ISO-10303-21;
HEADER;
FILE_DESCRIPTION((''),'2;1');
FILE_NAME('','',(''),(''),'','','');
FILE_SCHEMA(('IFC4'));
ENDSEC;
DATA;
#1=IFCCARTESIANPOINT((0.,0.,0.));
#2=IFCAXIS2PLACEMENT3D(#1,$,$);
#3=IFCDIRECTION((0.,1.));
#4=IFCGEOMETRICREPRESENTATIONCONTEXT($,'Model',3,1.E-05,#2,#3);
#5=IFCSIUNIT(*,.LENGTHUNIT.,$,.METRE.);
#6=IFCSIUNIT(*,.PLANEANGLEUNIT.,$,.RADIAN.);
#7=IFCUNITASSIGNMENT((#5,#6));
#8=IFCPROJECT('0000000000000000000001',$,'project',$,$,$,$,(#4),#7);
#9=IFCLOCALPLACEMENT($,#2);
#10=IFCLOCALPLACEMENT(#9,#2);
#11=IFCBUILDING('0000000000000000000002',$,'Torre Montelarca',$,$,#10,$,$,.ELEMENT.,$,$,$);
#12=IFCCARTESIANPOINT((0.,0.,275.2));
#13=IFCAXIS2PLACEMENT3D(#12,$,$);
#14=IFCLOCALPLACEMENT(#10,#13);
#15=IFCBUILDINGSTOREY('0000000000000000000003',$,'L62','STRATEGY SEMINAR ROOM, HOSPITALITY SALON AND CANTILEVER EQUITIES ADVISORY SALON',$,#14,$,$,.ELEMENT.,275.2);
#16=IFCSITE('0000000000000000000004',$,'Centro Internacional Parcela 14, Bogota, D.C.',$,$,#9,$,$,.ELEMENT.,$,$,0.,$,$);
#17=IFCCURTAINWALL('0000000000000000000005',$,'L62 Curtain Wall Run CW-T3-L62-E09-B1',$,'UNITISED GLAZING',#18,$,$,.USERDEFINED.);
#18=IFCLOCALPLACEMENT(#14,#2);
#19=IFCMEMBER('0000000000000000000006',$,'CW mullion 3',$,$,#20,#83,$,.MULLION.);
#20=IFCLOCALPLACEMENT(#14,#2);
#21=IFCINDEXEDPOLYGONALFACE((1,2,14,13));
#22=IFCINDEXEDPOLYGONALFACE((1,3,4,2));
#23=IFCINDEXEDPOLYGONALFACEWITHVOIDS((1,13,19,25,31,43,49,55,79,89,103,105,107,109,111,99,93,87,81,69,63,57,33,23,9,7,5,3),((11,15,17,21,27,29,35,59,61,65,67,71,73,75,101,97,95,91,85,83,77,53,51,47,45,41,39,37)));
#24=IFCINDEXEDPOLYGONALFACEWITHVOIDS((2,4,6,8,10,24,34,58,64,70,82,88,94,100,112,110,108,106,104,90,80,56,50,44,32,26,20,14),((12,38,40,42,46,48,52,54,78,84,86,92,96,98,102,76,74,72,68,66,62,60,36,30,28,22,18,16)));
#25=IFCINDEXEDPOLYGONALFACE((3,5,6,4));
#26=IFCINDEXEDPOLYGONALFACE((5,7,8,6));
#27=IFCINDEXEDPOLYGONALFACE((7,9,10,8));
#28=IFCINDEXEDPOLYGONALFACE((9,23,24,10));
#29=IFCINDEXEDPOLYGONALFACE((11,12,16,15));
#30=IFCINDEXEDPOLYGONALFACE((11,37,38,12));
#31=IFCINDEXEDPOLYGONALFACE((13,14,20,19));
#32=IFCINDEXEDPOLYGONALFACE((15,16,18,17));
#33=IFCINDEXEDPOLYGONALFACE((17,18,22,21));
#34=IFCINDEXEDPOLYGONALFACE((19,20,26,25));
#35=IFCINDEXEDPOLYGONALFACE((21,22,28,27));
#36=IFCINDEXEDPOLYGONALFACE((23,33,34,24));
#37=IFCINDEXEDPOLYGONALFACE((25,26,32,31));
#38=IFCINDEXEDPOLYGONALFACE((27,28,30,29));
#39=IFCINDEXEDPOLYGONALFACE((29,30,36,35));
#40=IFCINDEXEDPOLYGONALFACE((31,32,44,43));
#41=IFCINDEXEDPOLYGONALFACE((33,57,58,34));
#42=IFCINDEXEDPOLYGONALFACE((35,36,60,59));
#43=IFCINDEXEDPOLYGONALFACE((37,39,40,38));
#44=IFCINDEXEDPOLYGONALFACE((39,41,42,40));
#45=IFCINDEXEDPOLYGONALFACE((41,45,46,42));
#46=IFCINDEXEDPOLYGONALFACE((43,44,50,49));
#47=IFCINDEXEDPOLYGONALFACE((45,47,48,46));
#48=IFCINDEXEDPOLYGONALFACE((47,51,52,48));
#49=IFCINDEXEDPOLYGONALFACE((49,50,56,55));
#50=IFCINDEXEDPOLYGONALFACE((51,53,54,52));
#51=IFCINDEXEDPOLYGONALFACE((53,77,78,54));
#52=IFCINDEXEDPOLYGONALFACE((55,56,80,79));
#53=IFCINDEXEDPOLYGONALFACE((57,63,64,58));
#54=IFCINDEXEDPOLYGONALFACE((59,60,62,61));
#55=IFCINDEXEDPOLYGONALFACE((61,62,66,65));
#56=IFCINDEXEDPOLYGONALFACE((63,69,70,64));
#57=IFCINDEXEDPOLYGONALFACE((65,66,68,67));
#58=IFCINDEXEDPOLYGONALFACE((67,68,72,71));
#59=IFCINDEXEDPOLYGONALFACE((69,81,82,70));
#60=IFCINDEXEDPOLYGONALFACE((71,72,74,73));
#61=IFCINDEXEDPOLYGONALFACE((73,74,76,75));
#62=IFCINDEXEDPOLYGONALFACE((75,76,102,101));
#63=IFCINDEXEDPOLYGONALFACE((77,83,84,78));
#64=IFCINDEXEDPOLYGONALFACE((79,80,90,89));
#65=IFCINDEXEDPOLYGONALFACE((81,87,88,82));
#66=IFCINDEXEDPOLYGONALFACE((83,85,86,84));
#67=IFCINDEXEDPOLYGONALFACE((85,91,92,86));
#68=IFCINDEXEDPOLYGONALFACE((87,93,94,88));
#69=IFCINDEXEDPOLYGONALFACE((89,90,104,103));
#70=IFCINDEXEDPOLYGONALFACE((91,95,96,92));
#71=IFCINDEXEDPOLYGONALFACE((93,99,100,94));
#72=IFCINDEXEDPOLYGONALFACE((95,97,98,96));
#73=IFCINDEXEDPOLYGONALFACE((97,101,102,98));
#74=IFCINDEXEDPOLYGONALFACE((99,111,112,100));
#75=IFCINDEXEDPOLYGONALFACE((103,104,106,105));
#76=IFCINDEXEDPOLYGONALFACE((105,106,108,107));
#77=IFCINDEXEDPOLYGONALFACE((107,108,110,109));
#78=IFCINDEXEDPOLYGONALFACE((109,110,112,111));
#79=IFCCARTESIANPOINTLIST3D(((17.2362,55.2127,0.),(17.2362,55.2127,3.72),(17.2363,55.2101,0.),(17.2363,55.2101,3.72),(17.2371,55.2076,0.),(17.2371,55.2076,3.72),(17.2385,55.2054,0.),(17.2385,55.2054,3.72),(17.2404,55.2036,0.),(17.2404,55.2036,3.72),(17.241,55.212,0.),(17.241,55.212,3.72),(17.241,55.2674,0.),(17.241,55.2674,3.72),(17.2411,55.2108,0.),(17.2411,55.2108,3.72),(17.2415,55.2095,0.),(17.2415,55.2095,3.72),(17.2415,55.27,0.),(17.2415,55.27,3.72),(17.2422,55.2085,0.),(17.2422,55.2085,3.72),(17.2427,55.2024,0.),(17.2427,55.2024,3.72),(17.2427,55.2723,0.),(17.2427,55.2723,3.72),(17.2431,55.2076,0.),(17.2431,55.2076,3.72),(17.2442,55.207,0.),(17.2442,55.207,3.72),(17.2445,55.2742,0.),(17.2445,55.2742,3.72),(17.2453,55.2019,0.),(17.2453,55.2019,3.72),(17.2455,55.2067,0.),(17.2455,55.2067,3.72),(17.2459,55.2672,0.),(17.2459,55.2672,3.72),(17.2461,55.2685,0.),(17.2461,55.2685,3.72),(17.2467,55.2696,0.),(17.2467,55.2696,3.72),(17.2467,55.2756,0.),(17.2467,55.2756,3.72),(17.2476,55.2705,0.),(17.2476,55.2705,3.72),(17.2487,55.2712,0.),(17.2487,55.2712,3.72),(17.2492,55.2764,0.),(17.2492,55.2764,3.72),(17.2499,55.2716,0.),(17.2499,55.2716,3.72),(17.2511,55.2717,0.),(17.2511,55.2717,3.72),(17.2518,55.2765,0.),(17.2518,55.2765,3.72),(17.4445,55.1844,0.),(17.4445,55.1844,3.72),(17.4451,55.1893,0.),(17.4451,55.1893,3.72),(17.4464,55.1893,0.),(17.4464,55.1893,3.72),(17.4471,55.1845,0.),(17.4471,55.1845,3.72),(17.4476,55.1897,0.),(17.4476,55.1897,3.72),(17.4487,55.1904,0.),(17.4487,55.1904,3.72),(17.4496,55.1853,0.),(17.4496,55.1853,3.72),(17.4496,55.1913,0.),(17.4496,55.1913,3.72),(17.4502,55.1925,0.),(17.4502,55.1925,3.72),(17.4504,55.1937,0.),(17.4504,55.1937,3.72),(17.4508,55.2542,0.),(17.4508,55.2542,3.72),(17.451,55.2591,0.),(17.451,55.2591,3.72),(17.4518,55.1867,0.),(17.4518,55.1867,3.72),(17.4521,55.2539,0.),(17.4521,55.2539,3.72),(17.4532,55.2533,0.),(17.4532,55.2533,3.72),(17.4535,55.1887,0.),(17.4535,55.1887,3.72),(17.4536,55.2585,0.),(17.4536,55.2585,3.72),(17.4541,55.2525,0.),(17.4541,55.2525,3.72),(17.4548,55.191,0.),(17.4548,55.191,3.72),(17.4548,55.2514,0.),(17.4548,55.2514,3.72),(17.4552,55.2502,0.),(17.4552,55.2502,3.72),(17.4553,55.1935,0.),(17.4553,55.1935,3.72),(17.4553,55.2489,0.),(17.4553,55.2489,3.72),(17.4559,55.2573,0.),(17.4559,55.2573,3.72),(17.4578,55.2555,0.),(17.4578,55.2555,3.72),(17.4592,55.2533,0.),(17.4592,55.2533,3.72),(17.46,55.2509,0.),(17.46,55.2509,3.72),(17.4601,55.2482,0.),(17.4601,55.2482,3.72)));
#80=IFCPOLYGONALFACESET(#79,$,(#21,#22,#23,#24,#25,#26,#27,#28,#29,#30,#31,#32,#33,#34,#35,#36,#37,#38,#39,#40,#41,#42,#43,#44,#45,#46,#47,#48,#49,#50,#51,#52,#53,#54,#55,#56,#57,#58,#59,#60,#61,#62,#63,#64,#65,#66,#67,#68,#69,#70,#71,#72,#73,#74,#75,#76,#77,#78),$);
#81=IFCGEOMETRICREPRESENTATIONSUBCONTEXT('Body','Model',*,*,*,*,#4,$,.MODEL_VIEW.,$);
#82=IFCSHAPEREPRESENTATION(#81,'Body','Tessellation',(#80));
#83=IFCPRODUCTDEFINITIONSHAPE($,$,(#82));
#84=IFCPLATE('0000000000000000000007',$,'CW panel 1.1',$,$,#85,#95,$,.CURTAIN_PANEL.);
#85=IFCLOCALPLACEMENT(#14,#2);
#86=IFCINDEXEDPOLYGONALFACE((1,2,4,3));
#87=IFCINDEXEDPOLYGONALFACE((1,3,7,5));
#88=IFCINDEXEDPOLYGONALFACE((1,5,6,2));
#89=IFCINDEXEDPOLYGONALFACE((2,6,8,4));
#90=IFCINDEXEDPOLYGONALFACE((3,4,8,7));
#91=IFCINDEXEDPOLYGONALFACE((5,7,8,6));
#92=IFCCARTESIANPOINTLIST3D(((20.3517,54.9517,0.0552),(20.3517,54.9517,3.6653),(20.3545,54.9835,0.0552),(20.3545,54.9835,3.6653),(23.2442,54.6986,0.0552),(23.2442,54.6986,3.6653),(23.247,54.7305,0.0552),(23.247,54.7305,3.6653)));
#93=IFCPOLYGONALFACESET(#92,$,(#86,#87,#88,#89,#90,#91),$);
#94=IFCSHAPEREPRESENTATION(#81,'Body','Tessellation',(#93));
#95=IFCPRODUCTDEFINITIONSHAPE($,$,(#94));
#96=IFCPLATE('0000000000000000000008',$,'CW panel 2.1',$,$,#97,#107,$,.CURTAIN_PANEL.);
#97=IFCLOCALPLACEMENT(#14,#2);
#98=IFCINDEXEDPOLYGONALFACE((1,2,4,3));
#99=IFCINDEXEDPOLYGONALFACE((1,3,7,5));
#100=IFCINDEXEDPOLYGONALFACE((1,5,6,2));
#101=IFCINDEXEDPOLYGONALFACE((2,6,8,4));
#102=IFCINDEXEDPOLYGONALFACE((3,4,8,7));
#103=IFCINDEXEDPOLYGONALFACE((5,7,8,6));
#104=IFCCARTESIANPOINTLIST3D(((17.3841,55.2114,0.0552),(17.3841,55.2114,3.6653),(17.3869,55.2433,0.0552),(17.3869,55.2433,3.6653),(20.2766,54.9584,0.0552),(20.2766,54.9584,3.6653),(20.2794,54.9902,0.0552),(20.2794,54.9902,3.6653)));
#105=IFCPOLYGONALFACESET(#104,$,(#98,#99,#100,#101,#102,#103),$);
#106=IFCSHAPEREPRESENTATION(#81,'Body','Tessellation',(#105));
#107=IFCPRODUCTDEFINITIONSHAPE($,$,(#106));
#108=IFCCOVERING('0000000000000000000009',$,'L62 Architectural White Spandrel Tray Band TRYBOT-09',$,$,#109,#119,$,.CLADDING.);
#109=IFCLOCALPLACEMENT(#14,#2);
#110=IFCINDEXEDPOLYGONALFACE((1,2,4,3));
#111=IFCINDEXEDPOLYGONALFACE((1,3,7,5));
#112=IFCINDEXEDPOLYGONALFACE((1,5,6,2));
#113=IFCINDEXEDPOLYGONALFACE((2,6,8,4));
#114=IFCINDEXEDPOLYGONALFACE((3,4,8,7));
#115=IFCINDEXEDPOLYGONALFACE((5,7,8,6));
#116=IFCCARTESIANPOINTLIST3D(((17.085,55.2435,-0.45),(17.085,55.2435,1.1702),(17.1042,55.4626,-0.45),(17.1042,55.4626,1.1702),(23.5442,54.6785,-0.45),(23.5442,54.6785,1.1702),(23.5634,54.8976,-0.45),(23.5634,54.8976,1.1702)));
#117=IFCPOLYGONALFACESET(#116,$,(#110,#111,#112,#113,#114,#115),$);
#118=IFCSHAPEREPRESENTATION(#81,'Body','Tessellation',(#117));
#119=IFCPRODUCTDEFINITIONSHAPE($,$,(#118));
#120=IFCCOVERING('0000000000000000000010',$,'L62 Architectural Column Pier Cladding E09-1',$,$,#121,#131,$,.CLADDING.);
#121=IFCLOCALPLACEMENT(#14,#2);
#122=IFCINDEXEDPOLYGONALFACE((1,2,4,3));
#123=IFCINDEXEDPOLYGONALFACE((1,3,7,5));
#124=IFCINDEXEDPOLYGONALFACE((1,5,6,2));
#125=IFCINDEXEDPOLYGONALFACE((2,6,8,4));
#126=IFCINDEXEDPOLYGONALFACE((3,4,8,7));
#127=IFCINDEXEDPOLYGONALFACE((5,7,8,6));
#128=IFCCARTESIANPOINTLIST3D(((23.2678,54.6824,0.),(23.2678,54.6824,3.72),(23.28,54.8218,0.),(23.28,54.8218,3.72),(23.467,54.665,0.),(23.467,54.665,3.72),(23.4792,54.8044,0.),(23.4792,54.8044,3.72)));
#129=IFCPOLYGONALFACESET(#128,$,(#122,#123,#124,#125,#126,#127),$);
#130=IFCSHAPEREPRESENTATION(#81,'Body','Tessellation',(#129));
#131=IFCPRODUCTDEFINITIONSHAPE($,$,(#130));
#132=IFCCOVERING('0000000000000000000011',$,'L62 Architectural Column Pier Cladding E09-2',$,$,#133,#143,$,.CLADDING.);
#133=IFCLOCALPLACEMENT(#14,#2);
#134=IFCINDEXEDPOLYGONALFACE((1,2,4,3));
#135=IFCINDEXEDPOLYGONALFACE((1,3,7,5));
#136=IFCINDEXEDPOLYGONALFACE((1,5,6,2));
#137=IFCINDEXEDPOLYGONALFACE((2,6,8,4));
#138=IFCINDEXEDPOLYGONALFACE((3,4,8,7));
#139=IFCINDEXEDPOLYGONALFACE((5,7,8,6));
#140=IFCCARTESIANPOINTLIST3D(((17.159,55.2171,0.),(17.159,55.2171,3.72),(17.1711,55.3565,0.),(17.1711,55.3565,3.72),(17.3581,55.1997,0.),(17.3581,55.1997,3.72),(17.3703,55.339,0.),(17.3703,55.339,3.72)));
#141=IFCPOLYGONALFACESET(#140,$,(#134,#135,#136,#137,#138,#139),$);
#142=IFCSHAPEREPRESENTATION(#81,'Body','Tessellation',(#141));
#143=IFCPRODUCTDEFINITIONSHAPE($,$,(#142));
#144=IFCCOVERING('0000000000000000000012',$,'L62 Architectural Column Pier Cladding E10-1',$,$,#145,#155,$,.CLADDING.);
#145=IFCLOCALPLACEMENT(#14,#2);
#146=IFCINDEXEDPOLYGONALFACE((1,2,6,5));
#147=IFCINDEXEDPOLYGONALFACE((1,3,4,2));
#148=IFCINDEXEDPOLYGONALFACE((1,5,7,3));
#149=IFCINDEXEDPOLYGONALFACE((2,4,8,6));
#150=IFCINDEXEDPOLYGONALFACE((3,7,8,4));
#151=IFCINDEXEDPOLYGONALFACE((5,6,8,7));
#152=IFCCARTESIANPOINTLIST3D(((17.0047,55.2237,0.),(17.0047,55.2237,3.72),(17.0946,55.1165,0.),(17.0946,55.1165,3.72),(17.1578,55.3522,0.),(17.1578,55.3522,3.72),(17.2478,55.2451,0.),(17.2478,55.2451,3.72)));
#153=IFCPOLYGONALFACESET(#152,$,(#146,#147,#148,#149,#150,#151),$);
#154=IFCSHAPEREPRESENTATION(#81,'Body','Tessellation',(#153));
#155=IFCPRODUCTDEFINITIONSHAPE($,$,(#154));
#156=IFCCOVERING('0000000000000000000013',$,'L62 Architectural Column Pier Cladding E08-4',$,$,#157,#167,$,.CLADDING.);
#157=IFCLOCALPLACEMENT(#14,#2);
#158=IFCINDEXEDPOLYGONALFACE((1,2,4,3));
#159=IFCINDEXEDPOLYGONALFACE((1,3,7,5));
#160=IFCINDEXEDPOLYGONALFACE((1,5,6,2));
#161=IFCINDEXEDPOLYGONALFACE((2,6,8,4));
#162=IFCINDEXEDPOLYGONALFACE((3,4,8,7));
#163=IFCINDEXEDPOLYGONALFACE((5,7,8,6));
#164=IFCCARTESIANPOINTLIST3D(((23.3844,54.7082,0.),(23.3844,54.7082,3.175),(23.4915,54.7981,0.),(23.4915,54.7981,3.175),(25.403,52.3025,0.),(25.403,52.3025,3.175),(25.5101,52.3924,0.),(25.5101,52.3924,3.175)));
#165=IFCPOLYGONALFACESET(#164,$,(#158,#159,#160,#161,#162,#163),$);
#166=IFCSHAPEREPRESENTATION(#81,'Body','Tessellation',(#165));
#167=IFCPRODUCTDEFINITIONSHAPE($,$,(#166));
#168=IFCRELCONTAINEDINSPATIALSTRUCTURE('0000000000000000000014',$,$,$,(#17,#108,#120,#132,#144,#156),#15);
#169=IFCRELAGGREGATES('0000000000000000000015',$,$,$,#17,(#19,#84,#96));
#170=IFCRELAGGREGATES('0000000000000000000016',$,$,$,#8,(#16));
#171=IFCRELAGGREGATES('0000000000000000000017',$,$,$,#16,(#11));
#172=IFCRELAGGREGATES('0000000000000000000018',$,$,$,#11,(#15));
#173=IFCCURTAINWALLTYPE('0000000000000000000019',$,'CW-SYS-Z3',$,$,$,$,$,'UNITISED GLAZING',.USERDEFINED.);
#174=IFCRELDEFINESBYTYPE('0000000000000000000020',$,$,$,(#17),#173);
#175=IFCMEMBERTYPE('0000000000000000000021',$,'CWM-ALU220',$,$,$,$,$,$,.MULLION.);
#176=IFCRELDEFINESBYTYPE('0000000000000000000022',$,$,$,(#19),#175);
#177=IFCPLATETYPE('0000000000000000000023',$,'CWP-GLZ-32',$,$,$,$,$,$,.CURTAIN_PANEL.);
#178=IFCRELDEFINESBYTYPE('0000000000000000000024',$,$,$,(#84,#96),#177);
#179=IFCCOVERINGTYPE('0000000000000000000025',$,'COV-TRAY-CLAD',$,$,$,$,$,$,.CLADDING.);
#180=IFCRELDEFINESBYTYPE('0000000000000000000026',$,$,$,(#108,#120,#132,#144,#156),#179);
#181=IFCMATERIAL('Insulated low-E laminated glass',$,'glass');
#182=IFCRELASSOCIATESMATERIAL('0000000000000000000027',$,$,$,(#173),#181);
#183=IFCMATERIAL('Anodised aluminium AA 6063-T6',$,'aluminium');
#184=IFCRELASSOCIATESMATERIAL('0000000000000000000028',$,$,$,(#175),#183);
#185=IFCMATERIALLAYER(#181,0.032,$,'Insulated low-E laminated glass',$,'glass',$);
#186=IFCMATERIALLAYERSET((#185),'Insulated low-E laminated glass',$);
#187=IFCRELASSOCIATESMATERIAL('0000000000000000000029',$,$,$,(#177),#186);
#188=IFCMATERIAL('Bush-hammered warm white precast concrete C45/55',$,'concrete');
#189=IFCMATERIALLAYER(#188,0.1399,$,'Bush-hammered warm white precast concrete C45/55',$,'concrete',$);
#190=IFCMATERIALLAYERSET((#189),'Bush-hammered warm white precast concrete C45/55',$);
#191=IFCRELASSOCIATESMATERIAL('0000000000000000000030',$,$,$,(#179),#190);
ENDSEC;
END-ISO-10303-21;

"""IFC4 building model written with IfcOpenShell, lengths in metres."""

from ifc_helpers import new_model, si_unit, direction, frame, origin, origin_2d, place, context, subcontext, project, spatial, rectangle, hollow_rectangle, extrude, source, transform, mapped, material, layer, layer_set, material_profile, profile_set, type_object, element, aggregate, save


model = new_model("IFC4")

# Units and contexts
model_context = context("Model", 3, precision=1e-05, world=origin(), true_north=direction((0.0, 1.0)))
body_context = subcontext(model_context, "Body", "Model", "MODEL_VIEW")
ifc_project = project(units=[si_unit("LENGTHUNIT", "METRE"), si_unit("PLANEANGLEUNIT", "RADIAN")], contexts=[model_context])

# Site, building, storey
site_placement = place(None, origin())
site = spatial("IfcSite", under=ifc_project, at=site_placement, Name="Centro Internacional Parcela 14, Bogota, D.C.", CompositionType="ELEMENT", RefElevation=0.0)
building_placement = place(site_placement, origin())
building = spatial("IfcBuilding", under=site, at=building_placement, Name="Torre Montelarca", CompositionType="ELEMENT")
storey_placement = place(building_placement, frame((0.0, 0.0, 275.2)))
storey = spatial("IfcBuildingStorey", under=building, at=storey_placement, Name="L62", Description="STRATEGY SEMINAR ROOM, HOSPITALITY SALON AND CANTILEVER EQUITIES ADVISORY SALON", CompositionType="ELEMENT", Elevation=275.2)

# Curtain wall, member, plates
ifc_material_1 = material(Name="Insulated low-E laminated glass", Category="glass")
curtain_wall_type = type_object("IfcCurtainWallType", Name="CW-SYS-Z3", ElementType="UNITISED GLAZING", PredefinedType="USERDEFINED", material=ifc_material_1)
curtain_wall_placement = place(storey_placement, origin())
curtain_wall = element("IfcCurtainWall", 1, at=curtain_wall_placement, inside=storey, type_object=curtain_wall_type, Name="L62 Curtain Wall Run CW-T3-L62-E09-B1", ObjectType="UNITISED GLAZING", PredefinedType="USERDEFINED")
ifc_material_2 = material(Name="Anodised aluminium AA 6063-T6", Category="aluminium")
ifc_material_profile_1 = material_profile(ifc_material_2, hollow_rectangle(XDim=0.075, YDim=0.22, WallThickness=0.0049, InnerFilletRadius=0.0049, OuterFilletRadius=0.01, at=origin_2d()), Name="ALU75X220X5", Category="aluminium")
ifc_profile_set_1 = profile_set([ifc_material_profile_1], Name="Anodised aluminium AA 6063-T6")
member_type_1 = type_object("IfcMemberType", Name="CWM-ALU220", PredefinedType="MULLION", material=ifc_profile_set_1)
shared_shape_1 = source(origin(), body_context, "Body", "SweptSolid", [
    extrude(hollow_rectangle(XDim=0.075, YDim=0.22, WallThickness=0.0049, InnerFilletRadius=0.0049, OuterFilletRadius=0.01, at=origin_2d()), origin(), (0.0, 0.0, 1.0), 3.72),
])
member_1_placement = place(storey_placement, frame((17.3481, 55.2305, 0.0), z_axis=(0.0, 0.0, 1.0), x_axis=(-0.087165, -0.996194, 0.0)))
member_1 = element("IfcMember", 2, at=member_1_placement, type_object=member_type_1, Name="CW mullion 3", PredefinedType="MULLION", context=body_context, shape_type="MappedRepresentation", body=[
    mapped(shared_shape_1, transform((0.0, 0.0, 0.0), scale=1.0)),
])
ifc_layer_1 = layer(ifc_material_1, 0.032, Name="Insulated low-E laminated glass", Category="glass")
ifc_layer_set_1 = layer_set([ifc_layer_1], Name="Insulated low-E laminated glass")
plate_type = type_object("IfcPlateType", Name="CWP-GLZ-32", PredefinedType="CURTAIN_PANEL", material=ifc_layer_set_1)
shared_shape_2 = source(origin(), body_context, "Body", "SweptSolid", [
    extrude(rectangle(XDim=2.9036, YDim=0.032, at=origin_2d()), origin(), (0.0, 0.0, 1.0), 3.6101),
])
plate_1_placement = place(storey_placement, frame((21.7993, 54.8411, 0.0552), z_axis=(0.0, 0.0, 1.0), x_axis=(-0.996194, 0.087165, 0.0)))
plate_1 = element("IfcPlate", 3, at=plate_1_placement, type_object=plate_type, Name="CW panel 1.1", PredefinedType="CURTAIN_PANEL", context=body_context, shape_type="MappedRepresentation", body=[
    mapped(shared_shape_2, transform((0.0, 0.0, 0.0), scale=1.0)),
])
plate_2_placement = place(storey_placement, frame((18.8318, 55.1008, 0.0552), z_axis=(0.0, 0.0, 1.0), x_axis=(-0.996194, 0.087165, 0.0)))
plate_2 = element("IfcPlate", 4, at=plate_2_placement, type_object=plate_type, Name="CW panel 2.1", PredefinedType="CURTAIN_PANEL", context=body_context, shape_type="MappedRepresentation", body=[
    mapped(shared_shape_2, transform((0.0, 0.0, 0.0), scale=1.0)),
])
aggregate(curtain_wall, [member_1, plate_1, plate_2])

# Coverings
ifc_material_3 = material(Name="Bush-hammered warm white precast concrete C45/55", Category="concrete")
ifc_layer_2 = layer(ifc_material_3, 0.1399, Name="Bush-hammered warm white precast concrete C45/55", Category="concrete")
ifc_layer_set_2 = layer_set([ifc_layer_2], Name="Bush-hammered warm white precast concrete C45/55")
covering_type = type_object("IfcCoveringType", Name="COV-TRAY-CLAD", PredefinedType="CLADDING", material=ifc_layer_set_2)
shared_shape_3 = source(origin(), body_context, "Body", "SweptSolid", [
    extrude(rectangle(XDim=6.4839, YDim=0.22, at=origin_2d()), origin(), (0.0, 0.0, 1.0), 1.6201),
])
covering_1_placement = place(storey_placement, frame((20.3242, 55.0706, -0.45), z_axis=(0.0, 0.0, 1.0), x_axis=(-0.996195, 0.087147, 0.0)))
element("IfcCovering", 5, at=covering_1_placement, inside=storey, type_object=covering_type, Name="L62 Architectural White Spandrel Tray Band TRYBOT-09", PredefinedType="CLADDING", context=body_context, shape_type="MappedRepresentation", body=[
    mapped(shared_shape_3, transform((0.0, 0.0, 0.0), scale=1.0)),
])
shared_shape_4 = source(origin(), body_context, "Body", "SweptSolid", [
    extrude(rectangle(XDim=0.2, YDim=0.1399, at=origin_2d()), origin(), (0.0, 0.0, 1.0), 3.72),
])
for number, where, z_axis, x_axis, name in (
    (6, (23.3735, 54.7434, 0.0), (0.0, 0.0, 1.0), (-0.996194, 0.087159, 0.0), "L62 Architectural Column Pier Cladding E09-1"),
    (7, (17.2646, 55.2781, 0.0), (0.0, 0.0, 1.0), (-0.996194, 0.087159, 0.0), "L62 Architectural Column Pier Cladding E09-2"),
    (8, (17.1262, 55.2344, 0.0), (0.0, 0.0, 1.0), (-0.766043, -0.642789, 0.0), "L62 Architectural Column Pier Cladding E10-1"),
):
    element("IfcCovering", number, at=place(storey_placement, frame(where, z_axis=z_axis, x_axis=x_axis)), inside=storey, type_object=covering_type, Name=name, PredefinedType="CLADDING", context=body_context, shape_type="MappedRepresentation", body=[
        mapped(shared_shape_4, transform((0.0, 0.0, 0.0), scale=1.0)),
    ])
shared_shape_5 = source(origin(), body_context, "Body", "SweptSolid", [
    extrude(rectangle(XDim=3.1404, YDim=0.1399, at=origin_2d()), origin(), (0.0, 0.0, 1.0), 3.175),
])
covering_2_placement = place(storey_placement, frame((24.4473, 53.5503, 0.0), z_axis=(0.0, 0.0, 1.0), x_axis=(-0.642788, 0.766044, 0.0)))
element("IfcCovering", 9, at=covering_2_placement, inside=storey, type_object=covering_type, Name="L62 Architectural Column Pier Cladding E08-4", PredefinedType="CLADDING", context=body_context, shape_type="MappedRepresentation", body=[
    mapped(shared_shape_5, transform((0.0, 0.0, 0.0), scale=1.0)),
])

save(model, "model.ifc")
